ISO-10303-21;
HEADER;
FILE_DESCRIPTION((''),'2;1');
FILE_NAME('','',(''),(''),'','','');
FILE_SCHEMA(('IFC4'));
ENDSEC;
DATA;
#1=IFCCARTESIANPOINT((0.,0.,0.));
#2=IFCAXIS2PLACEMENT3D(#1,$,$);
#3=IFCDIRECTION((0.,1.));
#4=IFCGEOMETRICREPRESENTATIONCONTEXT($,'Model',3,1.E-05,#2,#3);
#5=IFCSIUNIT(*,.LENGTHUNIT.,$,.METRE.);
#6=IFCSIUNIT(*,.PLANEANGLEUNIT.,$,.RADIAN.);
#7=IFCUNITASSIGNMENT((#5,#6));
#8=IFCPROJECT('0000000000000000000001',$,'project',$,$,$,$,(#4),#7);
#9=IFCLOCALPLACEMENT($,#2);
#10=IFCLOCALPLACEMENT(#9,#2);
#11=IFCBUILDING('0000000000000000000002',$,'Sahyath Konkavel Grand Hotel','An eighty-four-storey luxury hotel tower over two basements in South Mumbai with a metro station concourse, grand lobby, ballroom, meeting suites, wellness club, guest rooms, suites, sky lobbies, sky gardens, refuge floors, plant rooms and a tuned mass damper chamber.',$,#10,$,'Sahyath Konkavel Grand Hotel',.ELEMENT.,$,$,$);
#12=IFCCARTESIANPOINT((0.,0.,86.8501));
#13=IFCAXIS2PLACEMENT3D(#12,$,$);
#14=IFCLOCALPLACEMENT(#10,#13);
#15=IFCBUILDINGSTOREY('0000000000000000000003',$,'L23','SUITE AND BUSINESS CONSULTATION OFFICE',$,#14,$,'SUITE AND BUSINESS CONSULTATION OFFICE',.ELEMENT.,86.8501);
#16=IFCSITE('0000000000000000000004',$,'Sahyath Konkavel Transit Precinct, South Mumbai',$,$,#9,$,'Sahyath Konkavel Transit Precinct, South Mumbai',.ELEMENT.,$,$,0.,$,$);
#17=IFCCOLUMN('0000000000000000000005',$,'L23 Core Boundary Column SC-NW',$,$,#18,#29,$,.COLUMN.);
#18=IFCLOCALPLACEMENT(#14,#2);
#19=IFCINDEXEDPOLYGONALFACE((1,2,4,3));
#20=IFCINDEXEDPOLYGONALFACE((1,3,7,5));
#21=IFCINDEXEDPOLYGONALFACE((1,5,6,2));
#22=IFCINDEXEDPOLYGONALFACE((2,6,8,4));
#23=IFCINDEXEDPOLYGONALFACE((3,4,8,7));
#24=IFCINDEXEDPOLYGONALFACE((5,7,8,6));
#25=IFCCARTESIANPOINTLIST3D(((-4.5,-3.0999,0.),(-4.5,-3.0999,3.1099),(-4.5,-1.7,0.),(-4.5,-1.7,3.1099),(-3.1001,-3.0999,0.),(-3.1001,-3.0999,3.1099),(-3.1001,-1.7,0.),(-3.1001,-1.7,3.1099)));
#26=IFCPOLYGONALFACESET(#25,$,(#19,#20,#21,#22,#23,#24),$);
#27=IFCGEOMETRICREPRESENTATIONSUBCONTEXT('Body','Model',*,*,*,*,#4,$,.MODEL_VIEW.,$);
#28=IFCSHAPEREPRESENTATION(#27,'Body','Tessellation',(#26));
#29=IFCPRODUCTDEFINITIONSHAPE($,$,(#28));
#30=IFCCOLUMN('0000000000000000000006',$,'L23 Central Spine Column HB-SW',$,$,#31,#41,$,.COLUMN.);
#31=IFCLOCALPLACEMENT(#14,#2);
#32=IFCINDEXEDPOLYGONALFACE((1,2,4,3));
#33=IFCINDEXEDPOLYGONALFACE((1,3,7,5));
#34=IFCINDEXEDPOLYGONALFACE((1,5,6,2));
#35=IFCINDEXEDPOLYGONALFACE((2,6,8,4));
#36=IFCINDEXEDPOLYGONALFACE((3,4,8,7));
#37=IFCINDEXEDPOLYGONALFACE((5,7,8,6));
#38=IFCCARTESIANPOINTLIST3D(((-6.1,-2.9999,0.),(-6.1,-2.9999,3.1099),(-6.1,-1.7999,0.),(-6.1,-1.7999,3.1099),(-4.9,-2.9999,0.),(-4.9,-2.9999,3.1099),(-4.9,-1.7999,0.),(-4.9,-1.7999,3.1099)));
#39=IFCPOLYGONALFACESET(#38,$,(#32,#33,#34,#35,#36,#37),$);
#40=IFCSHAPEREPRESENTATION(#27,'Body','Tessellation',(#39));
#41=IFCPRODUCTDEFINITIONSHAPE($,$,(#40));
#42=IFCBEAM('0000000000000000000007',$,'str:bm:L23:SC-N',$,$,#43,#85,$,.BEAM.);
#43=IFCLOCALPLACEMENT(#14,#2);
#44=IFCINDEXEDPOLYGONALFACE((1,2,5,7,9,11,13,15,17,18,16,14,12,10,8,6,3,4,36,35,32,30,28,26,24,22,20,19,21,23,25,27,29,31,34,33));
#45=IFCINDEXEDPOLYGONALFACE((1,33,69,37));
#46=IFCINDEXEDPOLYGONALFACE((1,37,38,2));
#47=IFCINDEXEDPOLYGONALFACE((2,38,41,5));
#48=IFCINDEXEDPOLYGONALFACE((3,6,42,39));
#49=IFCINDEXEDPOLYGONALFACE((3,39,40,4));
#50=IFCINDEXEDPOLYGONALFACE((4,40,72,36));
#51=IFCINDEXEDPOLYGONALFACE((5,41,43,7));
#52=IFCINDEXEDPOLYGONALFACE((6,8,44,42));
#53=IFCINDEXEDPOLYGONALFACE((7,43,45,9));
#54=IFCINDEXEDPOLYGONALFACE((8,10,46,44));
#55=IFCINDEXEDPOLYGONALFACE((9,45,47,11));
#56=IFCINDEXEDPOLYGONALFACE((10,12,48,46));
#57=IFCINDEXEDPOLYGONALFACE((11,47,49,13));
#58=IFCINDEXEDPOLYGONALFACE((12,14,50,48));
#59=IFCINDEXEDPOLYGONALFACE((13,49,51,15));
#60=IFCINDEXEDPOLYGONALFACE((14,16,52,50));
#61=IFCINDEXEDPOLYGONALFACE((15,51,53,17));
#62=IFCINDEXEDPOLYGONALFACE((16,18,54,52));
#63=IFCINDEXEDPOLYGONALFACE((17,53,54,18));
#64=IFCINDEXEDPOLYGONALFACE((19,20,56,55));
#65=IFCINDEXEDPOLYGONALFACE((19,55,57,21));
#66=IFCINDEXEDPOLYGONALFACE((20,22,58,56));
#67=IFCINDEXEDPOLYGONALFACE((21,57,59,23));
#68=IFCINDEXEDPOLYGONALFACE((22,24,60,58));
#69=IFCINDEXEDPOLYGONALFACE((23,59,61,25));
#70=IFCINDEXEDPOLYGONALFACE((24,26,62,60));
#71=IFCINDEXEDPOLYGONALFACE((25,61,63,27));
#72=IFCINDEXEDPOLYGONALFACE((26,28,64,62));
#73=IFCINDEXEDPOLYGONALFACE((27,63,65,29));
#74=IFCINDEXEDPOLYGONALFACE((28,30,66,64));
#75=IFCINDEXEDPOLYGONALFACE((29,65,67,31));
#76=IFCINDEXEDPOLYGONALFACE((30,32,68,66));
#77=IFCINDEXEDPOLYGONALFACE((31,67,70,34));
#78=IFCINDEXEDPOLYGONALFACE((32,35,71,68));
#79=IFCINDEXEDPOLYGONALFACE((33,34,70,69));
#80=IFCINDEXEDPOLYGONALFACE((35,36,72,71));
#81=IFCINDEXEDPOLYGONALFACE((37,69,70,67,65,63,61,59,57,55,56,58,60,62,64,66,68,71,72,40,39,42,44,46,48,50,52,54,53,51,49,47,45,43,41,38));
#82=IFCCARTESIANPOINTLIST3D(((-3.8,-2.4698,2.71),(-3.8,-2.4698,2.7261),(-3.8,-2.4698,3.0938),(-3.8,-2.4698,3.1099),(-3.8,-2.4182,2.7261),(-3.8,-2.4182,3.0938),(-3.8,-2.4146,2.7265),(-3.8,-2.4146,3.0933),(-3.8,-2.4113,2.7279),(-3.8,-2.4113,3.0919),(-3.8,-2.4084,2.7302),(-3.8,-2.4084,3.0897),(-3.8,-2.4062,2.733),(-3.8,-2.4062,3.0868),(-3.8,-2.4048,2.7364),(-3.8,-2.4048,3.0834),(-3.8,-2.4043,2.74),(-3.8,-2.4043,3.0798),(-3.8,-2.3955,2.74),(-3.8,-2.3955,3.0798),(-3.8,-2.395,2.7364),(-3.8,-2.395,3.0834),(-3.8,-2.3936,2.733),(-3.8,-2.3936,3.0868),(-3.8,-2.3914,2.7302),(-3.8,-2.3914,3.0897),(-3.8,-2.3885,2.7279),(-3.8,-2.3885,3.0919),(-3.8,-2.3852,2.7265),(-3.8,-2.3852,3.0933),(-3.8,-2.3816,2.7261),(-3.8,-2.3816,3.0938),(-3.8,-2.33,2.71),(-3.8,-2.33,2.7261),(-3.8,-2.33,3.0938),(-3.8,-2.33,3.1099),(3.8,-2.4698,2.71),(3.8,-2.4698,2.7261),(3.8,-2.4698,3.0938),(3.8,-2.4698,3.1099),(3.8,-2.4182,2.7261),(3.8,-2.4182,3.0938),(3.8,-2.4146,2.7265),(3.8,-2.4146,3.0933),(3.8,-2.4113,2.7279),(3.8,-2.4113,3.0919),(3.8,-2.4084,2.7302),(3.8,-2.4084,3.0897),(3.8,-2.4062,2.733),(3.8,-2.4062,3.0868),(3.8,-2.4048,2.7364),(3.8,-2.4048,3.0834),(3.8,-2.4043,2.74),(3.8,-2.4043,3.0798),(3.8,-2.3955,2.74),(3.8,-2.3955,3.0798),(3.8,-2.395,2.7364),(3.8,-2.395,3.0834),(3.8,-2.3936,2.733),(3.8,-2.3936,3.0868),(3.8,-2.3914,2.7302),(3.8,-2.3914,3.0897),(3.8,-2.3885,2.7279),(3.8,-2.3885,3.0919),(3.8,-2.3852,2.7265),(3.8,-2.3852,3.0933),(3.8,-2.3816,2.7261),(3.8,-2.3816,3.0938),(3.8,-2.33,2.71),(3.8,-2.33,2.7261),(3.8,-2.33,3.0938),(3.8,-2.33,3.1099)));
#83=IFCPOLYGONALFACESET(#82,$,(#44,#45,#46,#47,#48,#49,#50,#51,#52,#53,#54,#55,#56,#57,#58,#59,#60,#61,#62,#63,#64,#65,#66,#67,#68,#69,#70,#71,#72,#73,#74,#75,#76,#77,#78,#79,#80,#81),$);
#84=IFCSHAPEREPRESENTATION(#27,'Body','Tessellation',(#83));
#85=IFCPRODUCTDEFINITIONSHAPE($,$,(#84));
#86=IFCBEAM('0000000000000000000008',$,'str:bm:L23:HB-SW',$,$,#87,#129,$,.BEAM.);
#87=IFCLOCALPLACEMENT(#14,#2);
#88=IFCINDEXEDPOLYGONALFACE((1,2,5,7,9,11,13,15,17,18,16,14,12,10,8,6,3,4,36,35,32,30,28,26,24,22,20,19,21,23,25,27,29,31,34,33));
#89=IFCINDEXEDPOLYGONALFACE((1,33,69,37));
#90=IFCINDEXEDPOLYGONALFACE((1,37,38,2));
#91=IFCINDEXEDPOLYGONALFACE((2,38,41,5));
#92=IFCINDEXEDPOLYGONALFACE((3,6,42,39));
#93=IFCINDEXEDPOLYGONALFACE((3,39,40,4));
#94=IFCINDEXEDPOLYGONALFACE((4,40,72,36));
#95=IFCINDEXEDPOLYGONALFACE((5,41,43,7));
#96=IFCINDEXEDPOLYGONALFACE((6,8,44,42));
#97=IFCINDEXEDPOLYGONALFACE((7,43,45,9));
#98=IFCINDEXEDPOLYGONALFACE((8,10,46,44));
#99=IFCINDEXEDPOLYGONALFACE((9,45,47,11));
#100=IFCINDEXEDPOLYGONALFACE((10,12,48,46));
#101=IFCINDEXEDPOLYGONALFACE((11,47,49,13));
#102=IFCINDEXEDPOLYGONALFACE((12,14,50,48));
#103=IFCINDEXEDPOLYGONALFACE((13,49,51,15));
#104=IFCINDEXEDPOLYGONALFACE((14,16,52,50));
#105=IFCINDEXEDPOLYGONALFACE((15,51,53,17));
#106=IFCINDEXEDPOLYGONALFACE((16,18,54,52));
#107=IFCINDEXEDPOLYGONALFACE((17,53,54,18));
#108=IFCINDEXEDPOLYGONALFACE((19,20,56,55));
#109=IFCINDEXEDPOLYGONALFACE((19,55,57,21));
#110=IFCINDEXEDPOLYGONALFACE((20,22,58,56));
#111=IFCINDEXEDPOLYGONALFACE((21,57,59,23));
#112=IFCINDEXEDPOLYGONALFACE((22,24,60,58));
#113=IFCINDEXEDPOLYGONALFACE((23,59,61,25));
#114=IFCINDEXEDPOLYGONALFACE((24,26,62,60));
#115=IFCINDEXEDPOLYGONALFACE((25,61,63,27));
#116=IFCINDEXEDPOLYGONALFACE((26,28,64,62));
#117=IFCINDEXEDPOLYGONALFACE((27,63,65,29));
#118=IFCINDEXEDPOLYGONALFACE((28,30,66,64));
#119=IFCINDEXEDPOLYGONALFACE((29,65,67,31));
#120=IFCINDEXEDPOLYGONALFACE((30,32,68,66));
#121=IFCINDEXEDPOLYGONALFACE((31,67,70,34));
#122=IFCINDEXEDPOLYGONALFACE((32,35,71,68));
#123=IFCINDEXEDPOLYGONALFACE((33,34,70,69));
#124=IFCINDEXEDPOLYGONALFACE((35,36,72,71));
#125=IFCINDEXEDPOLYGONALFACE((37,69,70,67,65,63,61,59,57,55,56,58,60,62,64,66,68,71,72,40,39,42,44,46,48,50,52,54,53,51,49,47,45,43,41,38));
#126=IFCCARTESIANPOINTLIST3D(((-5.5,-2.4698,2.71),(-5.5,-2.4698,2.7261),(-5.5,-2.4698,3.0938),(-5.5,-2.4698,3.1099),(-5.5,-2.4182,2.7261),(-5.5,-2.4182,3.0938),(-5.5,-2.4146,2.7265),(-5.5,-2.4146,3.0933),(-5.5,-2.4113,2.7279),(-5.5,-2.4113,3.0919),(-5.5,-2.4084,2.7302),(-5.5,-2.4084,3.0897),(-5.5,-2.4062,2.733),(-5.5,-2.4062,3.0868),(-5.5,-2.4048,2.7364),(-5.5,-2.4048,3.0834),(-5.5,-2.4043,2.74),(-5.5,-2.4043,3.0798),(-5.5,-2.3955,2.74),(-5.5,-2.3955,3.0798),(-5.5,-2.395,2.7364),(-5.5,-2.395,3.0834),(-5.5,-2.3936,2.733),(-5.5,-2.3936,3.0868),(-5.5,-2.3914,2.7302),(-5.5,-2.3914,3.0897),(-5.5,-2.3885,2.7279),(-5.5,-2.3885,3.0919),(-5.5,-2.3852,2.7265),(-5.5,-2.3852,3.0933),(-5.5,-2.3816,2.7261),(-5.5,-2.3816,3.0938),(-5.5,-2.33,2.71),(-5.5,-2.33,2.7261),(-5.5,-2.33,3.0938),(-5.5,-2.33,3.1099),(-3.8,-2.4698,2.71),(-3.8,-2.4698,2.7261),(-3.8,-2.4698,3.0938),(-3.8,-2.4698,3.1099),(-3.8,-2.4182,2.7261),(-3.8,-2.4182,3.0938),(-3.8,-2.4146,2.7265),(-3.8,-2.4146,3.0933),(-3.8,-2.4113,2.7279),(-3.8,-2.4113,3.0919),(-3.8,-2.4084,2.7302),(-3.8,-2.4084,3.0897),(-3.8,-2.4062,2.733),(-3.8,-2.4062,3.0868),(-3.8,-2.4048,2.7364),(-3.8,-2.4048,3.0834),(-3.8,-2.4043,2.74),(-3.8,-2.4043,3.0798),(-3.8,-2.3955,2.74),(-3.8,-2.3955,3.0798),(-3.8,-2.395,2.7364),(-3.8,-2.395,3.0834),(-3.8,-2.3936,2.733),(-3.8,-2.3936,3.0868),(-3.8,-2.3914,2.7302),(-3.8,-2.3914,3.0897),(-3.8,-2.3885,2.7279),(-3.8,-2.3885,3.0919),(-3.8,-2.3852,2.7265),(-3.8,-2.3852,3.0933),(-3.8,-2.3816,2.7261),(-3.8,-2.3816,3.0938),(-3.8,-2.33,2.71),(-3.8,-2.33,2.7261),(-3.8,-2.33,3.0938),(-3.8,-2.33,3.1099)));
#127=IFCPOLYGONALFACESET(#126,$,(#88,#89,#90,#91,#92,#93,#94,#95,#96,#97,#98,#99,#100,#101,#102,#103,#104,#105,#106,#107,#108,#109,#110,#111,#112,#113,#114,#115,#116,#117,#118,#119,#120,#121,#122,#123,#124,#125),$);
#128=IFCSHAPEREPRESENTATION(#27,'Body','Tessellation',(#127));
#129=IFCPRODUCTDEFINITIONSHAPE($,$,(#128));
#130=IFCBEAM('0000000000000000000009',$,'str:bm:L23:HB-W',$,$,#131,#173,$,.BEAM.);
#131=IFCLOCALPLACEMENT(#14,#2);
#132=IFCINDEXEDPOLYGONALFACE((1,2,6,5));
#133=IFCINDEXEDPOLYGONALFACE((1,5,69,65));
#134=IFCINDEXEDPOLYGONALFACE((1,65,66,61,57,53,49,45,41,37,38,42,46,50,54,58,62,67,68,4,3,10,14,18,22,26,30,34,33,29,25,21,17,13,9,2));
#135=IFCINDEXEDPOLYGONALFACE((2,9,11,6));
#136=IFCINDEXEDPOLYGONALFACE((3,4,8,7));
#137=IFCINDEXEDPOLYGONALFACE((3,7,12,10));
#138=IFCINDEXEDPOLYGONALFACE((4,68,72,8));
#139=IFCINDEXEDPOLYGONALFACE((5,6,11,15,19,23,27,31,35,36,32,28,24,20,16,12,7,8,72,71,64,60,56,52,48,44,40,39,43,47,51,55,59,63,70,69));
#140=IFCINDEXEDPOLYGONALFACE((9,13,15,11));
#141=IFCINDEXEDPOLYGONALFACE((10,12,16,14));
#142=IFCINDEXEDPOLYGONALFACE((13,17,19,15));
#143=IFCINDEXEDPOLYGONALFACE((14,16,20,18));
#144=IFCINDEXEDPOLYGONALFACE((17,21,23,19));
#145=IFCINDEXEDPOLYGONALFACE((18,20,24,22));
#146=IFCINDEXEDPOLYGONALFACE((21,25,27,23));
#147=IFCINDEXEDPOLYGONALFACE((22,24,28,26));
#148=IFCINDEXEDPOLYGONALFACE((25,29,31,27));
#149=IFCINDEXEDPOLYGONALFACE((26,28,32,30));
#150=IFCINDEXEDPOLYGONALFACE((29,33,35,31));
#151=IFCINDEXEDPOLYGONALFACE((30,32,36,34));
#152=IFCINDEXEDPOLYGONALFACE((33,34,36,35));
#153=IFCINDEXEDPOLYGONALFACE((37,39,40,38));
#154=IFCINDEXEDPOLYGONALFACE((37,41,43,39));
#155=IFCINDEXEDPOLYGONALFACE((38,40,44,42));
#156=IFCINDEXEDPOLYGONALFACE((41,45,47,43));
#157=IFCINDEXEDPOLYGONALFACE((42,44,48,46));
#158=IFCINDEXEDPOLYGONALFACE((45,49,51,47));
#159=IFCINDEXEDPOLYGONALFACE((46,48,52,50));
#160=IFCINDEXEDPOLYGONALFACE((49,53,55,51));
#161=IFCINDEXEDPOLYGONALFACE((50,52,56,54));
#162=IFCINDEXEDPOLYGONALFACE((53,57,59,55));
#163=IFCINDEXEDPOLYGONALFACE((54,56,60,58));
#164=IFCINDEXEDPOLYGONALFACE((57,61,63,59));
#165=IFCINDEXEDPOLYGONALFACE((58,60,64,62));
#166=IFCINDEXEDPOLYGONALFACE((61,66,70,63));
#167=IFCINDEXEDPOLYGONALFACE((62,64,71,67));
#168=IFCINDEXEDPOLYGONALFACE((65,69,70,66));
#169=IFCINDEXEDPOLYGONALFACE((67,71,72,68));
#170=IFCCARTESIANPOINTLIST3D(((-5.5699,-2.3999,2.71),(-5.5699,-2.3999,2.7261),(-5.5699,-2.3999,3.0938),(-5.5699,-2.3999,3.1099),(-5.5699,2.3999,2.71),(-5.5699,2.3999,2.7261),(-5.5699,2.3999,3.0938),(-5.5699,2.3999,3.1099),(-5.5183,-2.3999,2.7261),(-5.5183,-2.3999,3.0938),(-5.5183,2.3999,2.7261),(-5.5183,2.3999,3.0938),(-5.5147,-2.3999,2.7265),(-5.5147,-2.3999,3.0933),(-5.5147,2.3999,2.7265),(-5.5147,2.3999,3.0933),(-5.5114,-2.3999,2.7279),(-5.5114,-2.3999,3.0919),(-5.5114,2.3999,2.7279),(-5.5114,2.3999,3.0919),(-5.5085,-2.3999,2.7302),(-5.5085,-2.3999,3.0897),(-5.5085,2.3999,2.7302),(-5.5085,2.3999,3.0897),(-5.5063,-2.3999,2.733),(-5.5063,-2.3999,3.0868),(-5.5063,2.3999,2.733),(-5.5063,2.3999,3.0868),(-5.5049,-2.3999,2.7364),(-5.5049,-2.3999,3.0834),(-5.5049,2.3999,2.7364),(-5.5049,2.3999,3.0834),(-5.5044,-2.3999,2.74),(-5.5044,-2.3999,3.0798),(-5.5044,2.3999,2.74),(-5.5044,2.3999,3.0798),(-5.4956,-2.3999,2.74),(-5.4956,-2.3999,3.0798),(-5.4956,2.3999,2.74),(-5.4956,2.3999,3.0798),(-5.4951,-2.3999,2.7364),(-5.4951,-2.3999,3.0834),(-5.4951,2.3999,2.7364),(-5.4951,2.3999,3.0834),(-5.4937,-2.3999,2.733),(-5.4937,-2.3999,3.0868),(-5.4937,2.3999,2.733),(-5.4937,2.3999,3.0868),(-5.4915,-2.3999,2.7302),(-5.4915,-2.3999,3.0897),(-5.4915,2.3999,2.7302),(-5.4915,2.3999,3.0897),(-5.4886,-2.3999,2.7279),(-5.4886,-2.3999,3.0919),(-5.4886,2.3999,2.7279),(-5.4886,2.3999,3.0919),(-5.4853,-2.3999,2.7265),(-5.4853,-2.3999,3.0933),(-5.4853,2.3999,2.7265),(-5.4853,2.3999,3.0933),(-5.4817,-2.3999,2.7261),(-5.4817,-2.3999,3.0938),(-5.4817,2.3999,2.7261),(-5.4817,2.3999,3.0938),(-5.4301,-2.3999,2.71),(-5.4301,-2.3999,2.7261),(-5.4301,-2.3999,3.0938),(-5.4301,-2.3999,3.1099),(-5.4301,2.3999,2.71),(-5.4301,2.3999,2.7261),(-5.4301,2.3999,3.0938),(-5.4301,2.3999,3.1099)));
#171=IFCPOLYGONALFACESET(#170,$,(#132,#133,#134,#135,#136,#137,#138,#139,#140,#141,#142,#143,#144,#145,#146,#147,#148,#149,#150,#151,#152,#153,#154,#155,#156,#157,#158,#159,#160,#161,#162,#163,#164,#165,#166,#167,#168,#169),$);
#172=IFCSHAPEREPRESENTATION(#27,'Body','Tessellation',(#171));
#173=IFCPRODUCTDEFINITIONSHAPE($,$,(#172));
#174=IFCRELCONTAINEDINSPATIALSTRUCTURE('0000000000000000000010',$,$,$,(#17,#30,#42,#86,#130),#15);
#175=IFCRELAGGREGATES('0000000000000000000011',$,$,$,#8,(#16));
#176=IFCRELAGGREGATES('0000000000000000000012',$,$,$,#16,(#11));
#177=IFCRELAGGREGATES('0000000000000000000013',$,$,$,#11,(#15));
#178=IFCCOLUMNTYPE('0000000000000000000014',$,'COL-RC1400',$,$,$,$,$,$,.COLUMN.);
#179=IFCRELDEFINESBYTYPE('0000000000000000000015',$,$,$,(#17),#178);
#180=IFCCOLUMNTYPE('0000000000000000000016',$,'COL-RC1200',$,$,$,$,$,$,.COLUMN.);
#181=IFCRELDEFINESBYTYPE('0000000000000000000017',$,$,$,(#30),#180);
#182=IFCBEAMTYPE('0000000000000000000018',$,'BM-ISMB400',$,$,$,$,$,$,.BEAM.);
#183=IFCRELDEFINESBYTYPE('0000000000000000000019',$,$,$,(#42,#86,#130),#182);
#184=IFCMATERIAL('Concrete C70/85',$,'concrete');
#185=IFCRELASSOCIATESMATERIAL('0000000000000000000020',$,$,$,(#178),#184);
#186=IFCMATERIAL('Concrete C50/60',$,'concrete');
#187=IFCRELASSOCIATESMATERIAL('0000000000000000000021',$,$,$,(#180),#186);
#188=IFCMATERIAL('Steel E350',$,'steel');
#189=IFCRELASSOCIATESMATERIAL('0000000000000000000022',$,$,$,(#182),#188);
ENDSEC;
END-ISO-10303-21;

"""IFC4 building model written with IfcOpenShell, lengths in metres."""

from ifc_helpers import new_model, si_unit, direction, frame, origin, origin_2d, place, context, subcontext, project, spatial, rectangle, i_section, extrude, source, transform, mapped, material, material_profile, profile_set, type_object, element, save


model = new_model("IFC4")

# Units and contexts
model_context = context("Model", 3, precision=1e-05, world=origin(), true_north=direction((0.0, 1.0)))
body_context = subcontext(model_context, "Body", "Model", "MODEL_VIEW")
ifc_project = project(units=[si_unit("LENGTHUNIT", "METRE"), si_unit("PLANEANGLEUNIT", "RADIAN")], contexts=[model_context])

# Site, building, storey
site_placement = place(None, origin())
site = spatial("IfcSite", under=ifc_project, at=site_placement, Name="Sahyath Konkavel Transit Precinct, South Mumbai", LongName="Sahyath Konkavel Transit Precinct, South Mumbai", CompositionType="ELEMENT", RefElevation=0.0)
building_placement = place(site_placement, origin())
building = spatial("IfcBuilding", under=site, at=building_placement, Name="Sahyath Konkavel Grand Hotel", Description="An eighty-four-storey luxury hotel tower over two basements in South Mumbai with a metro station concourse, grand lobby, ballroom, meeting suites, wellness club, guest rooms, suites, sky lobbies, sky gardens, refuge floors, plant rooms and a tuned mass damper chamber.", LongName="Sahyath Konkavel Grand Hotel", CompositionType="ELEMENT")
storey_placement = place(building_placement, frame((0.0, 0.0, 86.8501)))
storey = spatial("IfcBuildingStorey", under=building, at=storey_placement, Name="L23", Description="SUITE AND BUSINESS CONSULTATION OFFICE", LongName="SUITE AND BUSINESS CONSULTATION OFFICE", CompositionType="ELEMENT", Elevation=86.8501)

# Columns
ifc_material_1 = material(Name="Concrete C70/85", Category="concrete")
ifc_material_profile_1 = material_profile(ifc_material_1, rectangle(XDim=1.3999, YDim=1.3999, at=origin_2d()), Name="RC 1400x1400")
ifc_profile_set_1 = profile_set([ifc_material_profile_1], Name="Concrete C70/85")
column_type_1 = type_object("IfcColumnType", Name="COL-RC1400", PredefinedType="COLUMN", material=ifc_profile_set_1)
shared_shape_1 = source(origin(), body_context, "Body", "SweptSolid", [
    extrude(rectangle(XDim=1.3999, YDim=1.3999, at=origin_2d()), origin(), (0.0, 0.0, 1.0), 3.1099),
])
column_1_placement = place(storey_placement, frame((-3.8, -2.3999, 0.0), z_axis=(0.0, 0.0, 1.0), x_axis=(1.0, 0.0, 0.0)))
element("IfcColumn", 1, at=column_1_placement, inside=storey, type_object=column_type_1, Name="L23 Core Boundary Column SC-NW", PredefinedType="COLUMN", context=body_context, shape_type="MappedRepresentation", body=[
    mapped(shared_shape_1, transform((0.0, 0.0, 0.0), scale=1.0)),
])
ifc_material_2 = material(Name="Concrete C50/60", Category="concrete")
ifc_material_profile_2 = material_profile(ifc_material_2, rectangle(XDim=1.2, YDim=1.2, at=origin_2d()), Name="RC 1200x1200")
ifc_profile_set_2 = profile_set([ifc_material_profile_2], Name="Concrete C50/60")
column_type_2 = type_object("IfcColumnType", Name="COL-RC1200", PredefinedType="COLUMN", material=ifc_profile_set_2)
shared_shape_2 = source(origin(), body_context, "Body", "SweptSolid", [
    extrude(rectangle(XDim=1.2, YDim=1.2, at=origin_2d()), origin(), (0.0, 0.0, 1.0), 3.1099),
])
column_2_placement = place(storey_placement, frame((-5.5, -2.3999, 0.0), z_axis=(0.0, 0.0, 1.0), x_axis=(1.0, 0.0, 0.0)))
element("IfcColumn", 2, at=column_2_placement, inside=storey, type_object=column_type_2, Name="L23 Central Spine Column HB-SW", PredefinedType="COLUMN", context=body_context, shape_type="MappedRepresentation", body=[
    mapped(shared_shape_2, transform((0.0, 0.0, 0.0), scale=1.0)),
])

# Beams
ifc_material_3 = material(Name="Steel E350", Category="steel")
ifc_material_profile_3 = material_profile(ifc_material_3, i_section(OverallWidth=0.1399, OverallDepth=0.3999, WebThickness=0.0088, FlangeThickness=0.0161, FilletRadius=0.0139, at=origin_2d()), Name="ISMB 400")
ifc_profile_set_3 = profile_set([ifc_material_profile_3], Name="Steel E350")
beam_type_1 = type_object("IfcBeamType", Name="BM-ISMB400", PredefinedType="BEAM", material=ifc_profile_set_3)
shared_shape_3 = source(origin(), body_context, "Body", "SweptSolid", [
    extrude(i_section(OverallWidth=0.1399, OverallDepth=0.3999, WebThickness=0.0088, FlangeThickness=0.0161, FilletRadius=0.0139, at=origin_2d()), origin(), (0.0, 0.0, 1.0), 7.6001),
])
beam_1_placement = place(storey_placement, frame((-3.8, -2.3999, 2.9099), z_axis=(1.0, 0.0, 0.0), x_axis=(0.0, 1.0, 0.0)))
element("IfcBeam", 3, at=beam_1_placement, inside=storey, type_object=beam_type_1, Name="str:bm:L23:SC-N", PredefinedType="BEAM", context=body_context, shape_type="MappedRepresentation", body=[
    mapped(shared_shape_3, transform((0.0, 0.0, 0.0), scale=1.0)),
])
shared_shape_4 = source(origin(), body_context, "Body", "SweptSolid", [
    extrude(i_section(OverallWidth=0.1399, OverallDepth=0.3999, WebThickness=0.0088, FlangeThickness=0.0161, FilletRadius=0.0139, at=origin_2d()), origin(), (0.0, 0.0, 1.0), 1.7),
])
beam_2_placement = place(storey_placement, frame((-5.5, -2.3999, 2.9099), z_axis=(1.0, 0.0, 0.0), x_axis=(0.0, 1.0, 0.0)))
element("IfcBeam", 4, at=beam_2_placement, inside=storey, type_object=beam_type_1, Name="str:bm:L23:HB-SW", PredefinedType="BEAM", context=body_context, shape_type="MappedRepresentation", body=[
    mapped(shared_shape_4, transform((0.0, 0.0, 0.0), scale=1.0)),
])
shared_shape_5 = source(origin(), body_context, "Body", "SweptSolid", [
    extrude(i_section(OverallWidth=0.1399, OverallDepth=0.3999, WebThickness=0.0088, FlangeThickness=0.0161, FilletRadius=0.0139, at=origin_2d()), origin(), (0.0, 0.0, 1.0), 4.7998),
])
beam_3_placement = place(storey_placement, frame((-5.5, -2.3999, 2.9099), z_axis=(0.0, 1.0, 0.0), x_axis=(-1.0, 0.0, 0.0)))
element("IfcBeam", 5, at=beam_3_placement, inside=storey, type_object=beam_type_1, Name="str:bm:L23:HB-W", PredefinedType="BEAM", context=body_context, shape_type="MappedRepresentation", body=[
    mapped(shared_shape_5, transform((0.0, 0.0, 0.0), scale=1.0)),
])

save(model, "model.ifc")
